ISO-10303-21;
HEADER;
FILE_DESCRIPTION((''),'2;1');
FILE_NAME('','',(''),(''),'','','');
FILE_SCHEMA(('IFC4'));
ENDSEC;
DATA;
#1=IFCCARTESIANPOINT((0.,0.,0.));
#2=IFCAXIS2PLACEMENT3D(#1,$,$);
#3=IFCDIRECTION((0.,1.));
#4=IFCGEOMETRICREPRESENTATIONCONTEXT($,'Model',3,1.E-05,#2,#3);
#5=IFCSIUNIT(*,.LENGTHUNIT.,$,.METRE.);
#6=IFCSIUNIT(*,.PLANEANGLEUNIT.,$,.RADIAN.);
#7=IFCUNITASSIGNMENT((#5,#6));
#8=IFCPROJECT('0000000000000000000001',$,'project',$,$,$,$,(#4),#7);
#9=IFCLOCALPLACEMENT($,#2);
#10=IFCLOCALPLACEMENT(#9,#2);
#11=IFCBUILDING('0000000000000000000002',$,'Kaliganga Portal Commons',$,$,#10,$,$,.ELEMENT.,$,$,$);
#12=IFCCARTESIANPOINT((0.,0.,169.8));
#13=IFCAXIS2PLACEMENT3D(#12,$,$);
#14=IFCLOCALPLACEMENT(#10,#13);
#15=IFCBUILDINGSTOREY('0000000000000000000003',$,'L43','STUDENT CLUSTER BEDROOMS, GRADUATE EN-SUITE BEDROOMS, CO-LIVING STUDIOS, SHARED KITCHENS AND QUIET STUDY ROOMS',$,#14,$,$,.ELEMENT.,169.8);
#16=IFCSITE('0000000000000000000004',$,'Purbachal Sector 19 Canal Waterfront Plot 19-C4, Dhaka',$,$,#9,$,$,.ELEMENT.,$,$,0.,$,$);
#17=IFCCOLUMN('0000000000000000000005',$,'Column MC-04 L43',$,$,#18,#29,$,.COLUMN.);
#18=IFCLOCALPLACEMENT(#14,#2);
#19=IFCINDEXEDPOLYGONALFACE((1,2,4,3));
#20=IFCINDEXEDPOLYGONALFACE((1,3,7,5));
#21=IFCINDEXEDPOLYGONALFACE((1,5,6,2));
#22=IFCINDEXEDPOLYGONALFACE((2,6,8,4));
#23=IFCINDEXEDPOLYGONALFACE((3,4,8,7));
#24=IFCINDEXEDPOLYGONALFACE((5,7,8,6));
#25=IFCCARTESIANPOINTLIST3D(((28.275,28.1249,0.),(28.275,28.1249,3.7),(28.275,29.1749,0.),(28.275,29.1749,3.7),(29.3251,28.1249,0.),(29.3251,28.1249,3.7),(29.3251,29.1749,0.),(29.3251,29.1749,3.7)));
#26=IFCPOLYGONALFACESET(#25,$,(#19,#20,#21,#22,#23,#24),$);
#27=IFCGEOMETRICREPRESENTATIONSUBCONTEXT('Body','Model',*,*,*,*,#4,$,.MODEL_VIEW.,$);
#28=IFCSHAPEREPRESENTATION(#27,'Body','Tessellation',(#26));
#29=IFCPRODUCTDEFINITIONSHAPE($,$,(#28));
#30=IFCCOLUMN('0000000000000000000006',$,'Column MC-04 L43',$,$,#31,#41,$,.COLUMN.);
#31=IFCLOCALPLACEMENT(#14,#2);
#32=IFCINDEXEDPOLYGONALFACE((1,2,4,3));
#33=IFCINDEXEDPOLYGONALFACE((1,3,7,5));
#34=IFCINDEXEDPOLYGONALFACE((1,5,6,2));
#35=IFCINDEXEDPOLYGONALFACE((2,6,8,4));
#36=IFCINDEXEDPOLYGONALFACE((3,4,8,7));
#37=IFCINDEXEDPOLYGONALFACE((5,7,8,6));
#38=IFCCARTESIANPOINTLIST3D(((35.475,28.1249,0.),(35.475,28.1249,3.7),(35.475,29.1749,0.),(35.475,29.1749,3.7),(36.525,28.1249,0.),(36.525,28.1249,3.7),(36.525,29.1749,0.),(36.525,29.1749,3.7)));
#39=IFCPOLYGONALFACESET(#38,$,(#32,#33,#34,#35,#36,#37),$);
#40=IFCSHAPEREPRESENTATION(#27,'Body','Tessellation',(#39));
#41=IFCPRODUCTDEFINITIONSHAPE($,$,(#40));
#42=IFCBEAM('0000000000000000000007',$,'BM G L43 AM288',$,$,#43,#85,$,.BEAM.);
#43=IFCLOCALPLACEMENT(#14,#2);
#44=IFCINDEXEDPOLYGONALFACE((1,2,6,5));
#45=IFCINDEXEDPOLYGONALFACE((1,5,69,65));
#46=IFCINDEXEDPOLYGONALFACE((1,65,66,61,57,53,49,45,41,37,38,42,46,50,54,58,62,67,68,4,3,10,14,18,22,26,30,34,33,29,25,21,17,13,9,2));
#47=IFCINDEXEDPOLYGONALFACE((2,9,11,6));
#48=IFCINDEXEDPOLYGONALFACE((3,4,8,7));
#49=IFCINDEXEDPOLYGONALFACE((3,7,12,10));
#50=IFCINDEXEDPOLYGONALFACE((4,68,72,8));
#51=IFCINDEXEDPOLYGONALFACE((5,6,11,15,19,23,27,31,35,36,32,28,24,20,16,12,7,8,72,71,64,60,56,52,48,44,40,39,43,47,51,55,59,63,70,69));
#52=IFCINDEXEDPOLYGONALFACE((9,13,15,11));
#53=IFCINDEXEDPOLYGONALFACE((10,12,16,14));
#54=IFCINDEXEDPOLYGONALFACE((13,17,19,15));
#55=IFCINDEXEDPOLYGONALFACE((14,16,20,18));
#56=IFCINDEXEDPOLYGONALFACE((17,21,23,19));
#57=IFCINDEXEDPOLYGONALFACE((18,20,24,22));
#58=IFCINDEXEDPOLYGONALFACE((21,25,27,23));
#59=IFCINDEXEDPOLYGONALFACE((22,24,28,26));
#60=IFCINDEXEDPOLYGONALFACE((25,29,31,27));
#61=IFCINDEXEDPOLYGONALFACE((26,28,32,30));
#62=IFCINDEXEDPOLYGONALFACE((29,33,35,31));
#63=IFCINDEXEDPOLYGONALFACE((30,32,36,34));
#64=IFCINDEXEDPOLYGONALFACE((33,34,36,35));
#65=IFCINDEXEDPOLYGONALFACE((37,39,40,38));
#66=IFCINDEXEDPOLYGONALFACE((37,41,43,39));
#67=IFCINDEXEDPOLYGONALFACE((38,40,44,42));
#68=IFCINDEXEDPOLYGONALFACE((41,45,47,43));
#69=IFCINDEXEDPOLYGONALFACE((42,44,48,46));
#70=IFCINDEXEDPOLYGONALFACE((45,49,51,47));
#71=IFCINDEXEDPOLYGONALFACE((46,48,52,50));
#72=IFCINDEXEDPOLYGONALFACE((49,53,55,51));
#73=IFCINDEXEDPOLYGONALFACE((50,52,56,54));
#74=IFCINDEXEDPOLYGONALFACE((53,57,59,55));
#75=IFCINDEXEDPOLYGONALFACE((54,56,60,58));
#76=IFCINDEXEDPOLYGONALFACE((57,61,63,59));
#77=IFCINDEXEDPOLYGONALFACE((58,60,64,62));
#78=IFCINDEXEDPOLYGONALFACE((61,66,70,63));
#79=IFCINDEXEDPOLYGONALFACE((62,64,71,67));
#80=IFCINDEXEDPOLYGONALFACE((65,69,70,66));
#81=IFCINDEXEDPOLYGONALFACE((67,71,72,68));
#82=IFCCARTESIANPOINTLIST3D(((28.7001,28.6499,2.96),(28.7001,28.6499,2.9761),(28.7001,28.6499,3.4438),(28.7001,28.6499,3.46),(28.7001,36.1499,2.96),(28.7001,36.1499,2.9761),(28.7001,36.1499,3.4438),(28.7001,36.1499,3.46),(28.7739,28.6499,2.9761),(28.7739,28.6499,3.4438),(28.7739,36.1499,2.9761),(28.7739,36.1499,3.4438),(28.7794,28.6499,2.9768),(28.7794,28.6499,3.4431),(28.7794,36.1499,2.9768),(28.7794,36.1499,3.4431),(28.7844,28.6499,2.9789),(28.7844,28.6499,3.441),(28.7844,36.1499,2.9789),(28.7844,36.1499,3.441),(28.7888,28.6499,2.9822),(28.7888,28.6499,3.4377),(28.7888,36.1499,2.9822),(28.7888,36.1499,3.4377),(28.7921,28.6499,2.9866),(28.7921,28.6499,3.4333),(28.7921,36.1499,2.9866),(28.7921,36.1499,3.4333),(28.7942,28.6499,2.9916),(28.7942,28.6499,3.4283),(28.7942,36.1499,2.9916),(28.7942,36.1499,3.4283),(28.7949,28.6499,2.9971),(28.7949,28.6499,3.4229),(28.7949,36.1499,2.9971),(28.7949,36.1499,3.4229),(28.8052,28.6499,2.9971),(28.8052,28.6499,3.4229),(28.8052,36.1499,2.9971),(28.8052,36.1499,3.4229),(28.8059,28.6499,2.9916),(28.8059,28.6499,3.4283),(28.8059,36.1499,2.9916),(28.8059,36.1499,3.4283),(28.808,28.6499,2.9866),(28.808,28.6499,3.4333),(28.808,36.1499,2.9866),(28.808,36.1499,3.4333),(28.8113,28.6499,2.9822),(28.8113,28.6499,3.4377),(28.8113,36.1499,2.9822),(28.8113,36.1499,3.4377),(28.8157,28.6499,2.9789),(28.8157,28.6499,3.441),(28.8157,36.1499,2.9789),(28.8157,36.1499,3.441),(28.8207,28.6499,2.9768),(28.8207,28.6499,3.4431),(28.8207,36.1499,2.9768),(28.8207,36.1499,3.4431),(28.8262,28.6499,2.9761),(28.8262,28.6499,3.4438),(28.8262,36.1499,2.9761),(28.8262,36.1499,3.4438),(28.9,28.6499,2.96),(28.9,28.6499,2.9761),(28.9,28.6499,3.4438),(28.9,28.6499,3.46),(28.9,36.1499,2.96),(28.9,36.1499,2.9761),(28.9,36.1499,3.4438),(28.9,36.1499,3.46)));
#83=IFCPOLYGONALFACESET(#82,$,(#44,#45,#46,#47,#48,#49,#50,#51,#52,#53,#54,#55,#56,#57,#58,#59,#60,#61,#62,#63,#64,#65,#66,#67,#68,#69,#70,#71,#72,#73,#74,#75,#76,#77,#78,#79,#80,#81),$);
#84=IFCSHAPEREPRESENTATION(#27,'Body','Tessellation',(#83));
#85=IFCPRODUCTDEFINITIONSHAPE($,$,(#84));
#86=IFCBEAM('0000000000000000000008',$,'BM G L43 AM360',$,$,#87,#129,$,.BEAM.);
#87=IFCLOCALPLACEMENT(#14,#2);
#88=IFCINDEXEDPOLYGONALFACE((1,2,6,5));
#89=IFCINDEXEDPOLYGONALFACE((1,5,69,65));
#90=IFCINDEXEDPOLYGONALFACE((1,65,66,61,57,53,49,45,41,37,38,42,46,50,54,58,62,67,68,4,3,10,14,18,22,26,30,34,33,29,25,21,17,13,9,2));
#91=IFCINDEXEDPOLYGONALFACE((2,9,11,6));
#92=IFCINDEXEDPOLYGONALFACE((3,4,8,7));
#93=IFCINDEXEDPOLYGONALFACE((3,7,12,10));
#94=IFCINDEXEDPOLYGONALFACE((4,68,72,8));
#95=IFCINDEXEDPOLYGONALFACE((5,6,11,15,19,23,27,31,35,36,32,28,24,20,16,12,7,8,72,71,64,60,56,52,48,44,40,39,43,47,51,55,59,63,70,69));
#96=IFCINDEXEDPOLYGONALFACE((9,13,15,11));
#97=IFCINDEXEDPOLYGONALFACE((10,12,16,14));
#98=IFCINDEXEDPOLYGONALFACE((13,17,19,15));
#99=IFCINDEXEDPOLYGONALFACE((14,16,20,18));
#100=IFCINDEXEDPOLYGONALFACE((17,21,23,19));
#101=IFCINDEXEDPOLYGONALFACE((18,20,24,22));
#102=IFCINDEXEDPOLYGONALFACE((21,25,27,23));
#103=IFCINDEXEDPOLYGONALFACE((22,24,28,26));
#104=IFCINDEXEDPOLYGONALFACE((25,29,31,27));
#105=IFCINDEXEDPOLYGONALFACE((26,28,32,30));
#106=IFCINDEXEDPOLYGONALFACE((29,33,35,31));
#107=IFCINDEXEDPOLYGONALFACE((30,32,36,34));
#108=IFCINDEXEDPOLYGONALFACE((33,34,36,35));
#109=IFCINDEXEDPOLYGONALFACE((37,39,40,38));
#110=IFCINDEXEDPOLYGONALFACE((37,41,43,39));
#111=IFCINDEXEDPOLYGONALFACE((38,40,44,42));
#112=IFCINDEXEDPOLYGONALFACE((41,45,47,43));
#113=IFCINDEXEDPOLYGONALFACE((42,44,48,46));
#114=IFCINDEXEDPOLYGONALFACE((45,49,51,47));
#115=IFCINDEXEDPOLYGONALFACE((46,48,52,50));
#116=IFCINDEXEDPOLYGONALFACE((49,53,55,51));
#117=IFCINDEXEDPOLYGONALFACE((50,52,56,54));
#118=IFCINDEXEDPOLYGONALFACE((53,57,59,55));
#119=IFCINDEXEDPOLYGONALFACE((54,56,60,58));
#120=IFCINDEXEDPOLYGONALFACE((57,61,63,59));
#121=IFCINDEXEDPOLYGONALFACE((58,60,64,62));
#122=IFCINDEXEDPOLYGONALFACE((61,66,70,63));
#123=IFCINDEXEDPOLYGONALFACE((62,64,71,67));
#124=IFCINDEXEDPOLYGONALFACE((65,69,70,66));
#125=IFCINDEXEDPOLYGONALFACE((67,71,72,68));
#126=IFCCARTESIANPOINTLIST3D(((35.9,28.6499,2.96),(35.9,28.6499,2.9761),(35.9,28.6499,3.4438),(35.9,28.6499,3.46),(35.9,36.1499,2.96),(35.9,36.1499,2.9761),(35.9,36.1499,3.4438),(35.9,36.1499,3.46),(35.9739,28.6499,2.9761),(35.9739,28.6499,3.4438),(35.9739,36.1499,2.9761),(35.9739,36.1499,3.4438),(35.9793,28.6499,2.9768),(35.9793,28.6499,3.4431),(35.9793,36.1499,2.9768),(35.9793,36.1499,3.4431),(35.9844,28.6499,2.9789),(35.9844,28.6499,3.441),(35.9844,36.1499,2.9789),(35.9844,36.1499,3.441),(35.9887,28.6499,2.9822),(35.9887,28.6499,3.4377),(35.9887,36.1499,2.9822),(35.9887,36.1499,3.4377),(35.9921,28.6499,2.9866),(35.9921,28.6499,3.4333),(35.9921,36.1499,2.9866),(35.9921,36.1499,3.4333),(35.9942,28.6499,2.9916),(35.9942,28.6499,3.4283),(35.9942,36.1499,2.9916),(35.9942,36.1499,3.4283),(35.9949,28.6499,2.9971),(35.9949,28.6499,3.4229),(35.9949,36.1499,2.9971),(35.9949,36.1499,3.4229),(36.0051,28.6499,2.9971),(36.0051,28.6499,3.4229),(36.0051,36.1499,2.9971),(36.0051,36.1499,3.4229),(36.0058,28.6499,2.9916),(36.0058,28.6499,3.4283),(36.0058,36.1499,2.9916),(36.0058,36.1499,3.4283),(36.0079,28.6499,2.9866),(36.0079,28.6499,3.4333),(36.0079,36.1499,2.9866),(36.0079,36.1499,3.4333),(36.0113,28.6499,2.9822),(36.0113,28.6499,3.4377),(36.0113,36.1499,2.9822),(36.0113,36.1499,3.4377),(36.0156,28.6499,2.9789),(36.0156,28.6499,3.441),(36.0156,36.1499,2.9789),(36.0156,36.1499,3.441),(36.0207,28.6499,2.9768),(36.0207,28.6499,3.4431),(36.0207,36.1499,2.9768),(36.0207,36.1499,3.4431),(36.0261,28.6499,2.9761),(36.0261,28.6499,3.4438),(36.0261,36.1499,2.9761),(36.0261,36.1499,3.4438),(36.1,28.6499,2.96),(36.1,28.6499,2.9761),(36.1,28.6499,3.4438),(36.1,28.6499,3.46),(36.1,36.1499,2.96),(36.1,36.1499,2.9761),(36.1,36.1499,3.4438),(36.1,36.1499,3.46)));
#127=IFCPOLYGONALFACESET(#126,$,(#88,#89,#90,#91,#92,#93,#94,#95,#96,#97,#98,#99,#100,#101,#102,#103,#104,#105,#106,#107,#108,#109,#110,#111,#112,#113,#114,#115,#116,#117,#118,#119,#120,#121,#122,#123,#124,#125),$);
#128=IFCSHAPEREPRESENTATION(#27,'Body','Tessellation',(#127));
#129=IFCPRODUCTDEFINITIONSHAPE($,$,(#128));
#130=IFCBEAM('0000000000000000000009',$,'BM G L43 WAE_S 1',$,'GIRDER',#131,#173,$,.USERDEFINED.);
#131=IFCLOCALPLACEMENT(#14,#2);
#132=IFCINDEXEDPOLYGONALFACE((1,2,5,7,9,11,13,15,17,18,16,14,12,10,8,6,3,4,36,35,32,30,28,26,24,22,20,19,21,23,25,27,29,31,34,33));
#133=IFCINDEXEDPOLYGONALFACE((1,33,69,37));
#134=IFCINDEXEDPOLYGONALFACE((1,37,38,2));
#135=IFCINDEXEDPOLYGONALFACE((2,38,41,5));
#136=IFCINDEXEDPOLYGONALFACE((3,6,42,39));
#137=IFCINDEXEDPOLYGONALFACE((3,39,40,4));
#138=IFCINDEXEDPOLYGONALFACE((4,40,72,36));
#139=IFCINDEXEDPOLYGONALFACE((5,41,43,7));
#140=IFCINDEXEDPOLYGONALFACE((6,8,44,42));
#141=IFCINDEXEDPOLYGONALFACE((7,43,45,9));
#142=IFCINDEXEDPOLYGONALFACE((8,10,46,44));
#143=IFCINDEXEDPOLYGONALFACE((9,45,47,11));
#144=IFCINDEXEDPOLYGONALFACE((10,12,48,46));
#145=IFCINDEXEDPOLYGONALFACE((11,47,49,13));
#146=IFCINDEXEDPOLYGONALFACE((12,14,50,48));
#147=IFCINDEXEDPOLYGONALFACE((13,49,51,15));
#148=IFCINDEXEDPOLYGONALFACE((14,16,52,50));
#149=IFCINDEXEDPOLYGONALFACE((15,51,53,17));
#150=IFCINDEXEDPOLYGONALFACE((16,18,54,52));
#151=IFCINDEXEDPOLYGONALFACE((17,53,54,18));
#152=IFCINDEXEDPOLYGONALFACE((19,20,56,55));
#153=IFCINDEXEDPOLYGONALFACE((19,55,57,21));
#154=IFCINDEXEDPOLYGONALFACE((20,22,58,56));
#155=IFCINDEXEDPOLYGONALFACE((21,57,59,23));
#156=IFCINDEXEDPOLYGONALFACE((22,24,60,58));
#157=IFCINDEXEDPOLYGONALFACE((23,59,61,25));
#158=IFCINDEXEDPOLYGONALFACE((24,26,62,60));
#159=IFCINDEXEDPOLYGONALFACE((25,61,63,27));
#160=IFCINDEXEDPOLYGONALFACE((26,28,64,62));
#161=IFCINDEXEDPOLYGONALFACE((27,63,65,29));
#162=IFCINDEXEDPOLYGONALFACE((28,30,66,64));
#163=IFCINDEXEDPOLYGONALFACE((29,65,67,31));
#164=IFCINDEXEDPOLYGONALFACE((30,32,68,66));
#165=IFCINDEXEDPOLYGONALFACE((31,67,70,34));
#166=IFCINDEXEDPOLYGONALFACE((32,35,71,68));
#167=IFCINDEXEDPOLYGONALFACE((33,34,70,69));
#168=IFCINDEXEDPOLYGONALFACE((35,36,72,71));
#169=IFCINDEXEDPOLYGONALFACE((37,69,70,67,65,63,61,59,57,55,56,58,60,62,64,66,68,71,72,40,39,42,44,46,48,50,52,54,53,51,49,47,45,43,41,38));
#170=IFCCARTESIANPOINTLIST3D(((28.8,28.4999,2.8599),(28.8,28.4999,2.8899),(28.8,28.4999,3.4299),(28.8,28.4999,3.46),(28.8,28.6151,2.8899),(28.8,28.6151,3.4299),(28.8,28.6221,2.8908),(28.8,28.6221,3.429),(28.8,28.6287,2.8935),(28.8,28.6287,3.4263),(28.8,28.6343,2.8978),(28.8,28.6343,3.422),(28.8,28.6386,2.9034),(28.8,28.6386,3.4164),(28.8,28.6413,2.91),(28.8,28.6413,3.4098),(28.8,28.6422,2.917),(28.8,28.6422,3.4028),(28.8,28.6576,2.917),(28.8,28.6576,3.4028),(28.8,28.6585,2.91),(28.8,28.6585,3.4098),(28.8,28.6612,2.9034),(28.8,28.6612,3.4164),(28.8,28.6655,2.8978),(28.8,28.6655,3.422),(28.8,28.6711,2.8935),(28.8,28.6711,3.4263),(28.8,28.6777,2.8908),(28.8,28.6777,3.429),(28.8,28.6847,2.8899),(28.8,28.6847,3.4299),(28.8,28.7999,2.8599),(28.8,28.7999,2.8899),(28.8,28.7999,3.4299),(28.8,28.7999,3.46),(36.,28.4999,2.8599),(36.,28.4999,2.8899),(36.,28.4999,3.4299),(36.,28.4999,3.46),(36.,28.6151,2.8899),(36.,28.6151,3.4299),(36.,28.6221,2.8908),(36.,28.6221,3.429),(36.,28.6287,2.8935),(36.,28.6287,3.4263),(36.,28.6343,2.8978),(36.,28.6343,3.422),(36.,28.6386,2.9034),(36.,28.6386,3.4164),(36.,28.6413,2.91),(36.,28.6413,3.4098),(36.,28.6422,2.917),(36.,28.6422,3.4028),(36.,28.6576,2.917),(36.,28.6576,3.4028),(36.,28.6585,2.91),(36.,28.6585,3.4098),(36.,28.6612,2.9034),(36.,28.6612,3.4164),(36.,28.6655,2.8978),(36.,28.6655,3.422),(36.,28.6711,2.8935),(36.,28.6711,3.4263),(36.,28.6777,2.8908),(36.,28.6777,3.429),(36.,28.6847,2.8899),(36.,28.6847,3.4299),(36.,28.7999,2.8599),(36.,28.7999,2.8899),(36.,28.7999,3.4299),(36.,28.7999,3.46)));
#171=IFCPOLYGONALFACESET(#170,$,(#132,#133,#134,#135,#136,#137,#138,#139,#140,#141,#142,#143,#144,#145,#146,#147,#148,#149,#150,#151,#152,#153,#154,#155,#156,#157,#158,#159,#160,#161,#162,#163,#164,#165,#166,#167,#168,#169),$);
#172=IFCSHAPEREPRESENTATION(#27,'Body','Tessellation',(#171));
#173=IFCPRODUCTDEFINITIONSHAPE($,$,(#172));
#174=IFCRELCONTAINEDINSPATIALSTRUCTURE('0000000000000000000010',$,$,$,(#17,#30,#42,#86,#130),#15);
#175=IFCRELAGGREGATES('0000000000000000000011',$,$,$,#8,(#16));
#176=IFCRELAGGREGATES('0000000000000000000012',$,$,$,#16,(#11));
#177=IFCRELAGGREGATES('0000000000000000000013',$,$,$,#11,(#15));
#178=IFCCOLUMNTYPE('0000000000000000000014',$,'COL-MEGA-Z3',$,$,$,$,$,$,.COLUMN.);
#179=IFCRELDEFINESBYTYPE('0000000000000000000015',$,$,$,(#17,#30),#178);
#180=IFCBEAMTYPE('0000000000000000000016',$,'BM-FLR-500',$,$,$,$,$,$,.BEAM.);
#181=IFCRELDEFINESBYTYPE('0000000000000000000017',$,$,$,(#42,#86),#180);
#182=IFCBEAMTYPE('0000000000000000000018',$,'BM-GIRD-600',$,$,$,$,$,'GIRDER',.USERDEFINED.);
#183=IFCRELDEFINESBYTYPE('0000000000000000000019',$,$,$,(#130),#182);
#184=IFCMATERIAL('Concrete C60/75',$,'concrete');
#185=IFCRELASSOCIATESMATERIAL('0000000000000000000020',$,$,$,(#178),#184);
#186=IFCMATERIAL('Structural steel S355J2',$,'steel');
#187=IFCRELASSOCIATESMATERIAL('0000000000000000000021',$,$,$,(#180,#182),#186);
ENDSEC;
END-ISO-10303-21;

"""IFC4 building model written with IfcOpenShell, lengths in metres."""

from ifc_helpers import new_model, si_unit, direction, frame, origin, origin_2d, place, context, subcontext, project, spatial, rectangle, i_section, extrude, source, transform, mapped, material, material_profile, profile_set, type_object, element, save


model = new_model("IFC4")

# Units and contexts
model_context = context("Model", 3, precision=1e-05, world=origin(), true_north=direction((0.0, 1.0)))
body_context = subcontext(model_context, "Body", "Model", "MODEL_VIEW")
ifc_project = project(units=[si_unit("LENGTHUNIT", "METRE"), si_unit("PLANEANGLEUNIT", "RADIAN")], contexts=[model_context])

# Site, building, storey
site_placement = place(None, origin())
site = spatial("IfcSite", under=ifc_project, at=site_placement, Name="Purbachal Sector 19 Canal Waterfront Plot 19-C4, Dhaka", CompositionType="ELEMENT", RefElevation=0.0)
building_placement = place(site_placement, origin())
building = spatial("IfcBuilding", under=site, at=building_placement, Name="Kaliganga Portal Commons", CompositionType="ELEMENT")
storey_placement = place(building_placement, frame((0.0, 0.0, 169.8)))
storey = spatial("IfcBuildingStorey", under=building, at=storey_placement, Name="L43", Description="STUDENT CLUSTER BEDROOMS, GRADUATE EN-SUITE BEDROOMS, CO-LIVING STUDIOS, SHARED KITCHENS AND QUIET STUDY ROOMS", CompositionType="ELEMENT", Elevation=169.8)

# Columns
ifc_material_1 = material(Name="Concrete C60/75", Category="concrete")
ifc_material_profile_1 = material_profile(ifc_material_1, rectangle(XDim=1.05, YDim=1.05, at=origin_2d()), Name="RC 1050x1050")
ifc_profile_set_1 = profile_set([ifc_material_profile_1], Name="Concrete C60/75")
column_type = type_object("IfcColumnType", Name="COL-MEGA-Z3", PredefinedType="COLUMN", material=ifc_profile_set_1)
shared_shape_1 = source(origin(), body_context, "Body", "SweptSolid", [
    extrude(rectangle(XDim=1.05, YDim=1.05, at=origin_2d()), origin(), (0.0, 0.0, 1.0), 3.7),
])
for number, where, z_axis, x_axis, name in (
    (1, (28.8, 28.6499, 0.0), (0.0, 0.0, 1.0), (1.0, 0.0, 0.0), "Column MC-04 L43"),
    (2, (36.0, 28.6499, 0.0), (0.0, 0.0, 1.0), (1.0, 0.0, 0.0), "Column MC-04 L43"),
):
    element("IfcColumn", number, at=place(storey_placement, frame(where, z_axis=z_axis, x_axis=x_axis)), inside=storey, type_object=column_type, Name=name, PredefinedType="COLUMN", context=body_context, shape_type="MappedRepresentation", body=[
        mapped(shared_shape_1, transform((0.0, 0.0, 0.0), x_axis=(1.0, 0.0, 0.0), y_axis=(0.0, 1.0, 0.0), z_axis=(0.0, 0.0, 1.0), scale=1.0)),
    ])

# Beams
ifc_material_2 = material(Name="Structural steel S355J2", Category="steel")
ifc_material_profile_2 = material_profile(ifc_material_2, i_section(OverallWidth=0.2, OverallDepth=0.5, WebThickness=0.0103, FlangeThickness=0.0161, FilletRadius=0.021, at=origin_2d()), Name="IPE 500")
ifc_profile_set_2 = profile_set([ifc_material_profile_2], Name="Structural steel S355J2 wide-flange")
beam_type_1 = type_object("IfcBeamType", Name="BM-FLR-500", PredefinedType="BEAM", material=ifc_profile_set_2)
shared_shape_2 = source(origin(), body_context, "Body", "SweptSolid", [
    extrude(i_section(OverallWidth=0.2, OverallDepth=0.5, WebThickness=0.0103, FlangeThickness=0.0161, FilletRadius=0.021, at=origin_2d()), origin(), (0.0, 0.0, 1.0), 7.5),
])
for number, where, z_axis, x_axis, name in (
    (3, (28.8, 28.6499, 3.21), (0.0, 1.0, 0.0), (-1.0, 0.0, 0.0), "BM G L43 AM288"),
    (4, (36.0, 28.6499, 3.21), (0.0, 1.0, 0.0), (-1.0, 0.0, 0.0), "BM G L43 AM360"),
):
    element("IfcBeam", number, at=place(storey_placement, frame(where, z_axis=z_axis, x_axis=x_axis)), inside=storey, type_object=beam_type_1, Name=name, PredefinedType="BEAM", context=body_context, shape_type="MappedRepresentation", body=[
        mapped(shared_shape_2, transform((0.0, 0.0, 0.0), x_axis=(1.0, 0.0, 0.0), y_axis=(0.0, 1.0, 0.0), z_axis=(0.0, 0.0, 1.0), scale=1.0)),
    ])
ifc_material_profile_3 = material_profile(ifc_material_2, i_section(OverallWidth=0.3, OverallDepth=0.6001, WebThickness=0.0154, FlangeThickness=0.03, FilletRadius=0.0271, at=origin_2d()), Name="HE 600 B")
ifc_profile_set_3 = profile_set([ifc_material_profile_3], Name="Structural steel S355J2 wide-flange")
beam_type_2 = type_object("IfcBeamType", Name="BM-GIRD-600", ElementType="GIRDER", PredefinedType="USERDEFINED", material=ifc_profile_set_3)
shared_shape_3 = source(origin(), body_context, "Body", "SweptSolid", [
    extrude(i_section(OverallWidth=0.3, OverallDepth=0.6001, WebThickness=0.0154, FlangeThickness=0.03, FilletRadius=0.0271, at=origin_2d()), origin(), (0.0, 0.0, 1.0), 7.2),
])
beam_1_placement = place(storey_placement, frame((28.8, 28.6499, 3.1599), z_axis=(1.0, 0.0, 0.0), x_axis=(0.0, 1.0, 0.0)))
element("IfcBeam", 5, at=beam_1_placement, inside=storey, type_object=beam_type_2, Name="BM G L43 WAE_S 1", ObjectType="GIRDER", PredefinedType="USERDEFINED", context=body_context, shape_type="MappedRepresentation", body=[
    mapped(shared_shape_3, transform((0.0, 0.0, 0.0), x_axis=(1.0, 0.0, 0.0), y_axis=(0.0, 1.0, 0.0), z_axis=(0.0, 0.0, 1.0), scale=1.0)),
])

save(model, "model.ifc")
